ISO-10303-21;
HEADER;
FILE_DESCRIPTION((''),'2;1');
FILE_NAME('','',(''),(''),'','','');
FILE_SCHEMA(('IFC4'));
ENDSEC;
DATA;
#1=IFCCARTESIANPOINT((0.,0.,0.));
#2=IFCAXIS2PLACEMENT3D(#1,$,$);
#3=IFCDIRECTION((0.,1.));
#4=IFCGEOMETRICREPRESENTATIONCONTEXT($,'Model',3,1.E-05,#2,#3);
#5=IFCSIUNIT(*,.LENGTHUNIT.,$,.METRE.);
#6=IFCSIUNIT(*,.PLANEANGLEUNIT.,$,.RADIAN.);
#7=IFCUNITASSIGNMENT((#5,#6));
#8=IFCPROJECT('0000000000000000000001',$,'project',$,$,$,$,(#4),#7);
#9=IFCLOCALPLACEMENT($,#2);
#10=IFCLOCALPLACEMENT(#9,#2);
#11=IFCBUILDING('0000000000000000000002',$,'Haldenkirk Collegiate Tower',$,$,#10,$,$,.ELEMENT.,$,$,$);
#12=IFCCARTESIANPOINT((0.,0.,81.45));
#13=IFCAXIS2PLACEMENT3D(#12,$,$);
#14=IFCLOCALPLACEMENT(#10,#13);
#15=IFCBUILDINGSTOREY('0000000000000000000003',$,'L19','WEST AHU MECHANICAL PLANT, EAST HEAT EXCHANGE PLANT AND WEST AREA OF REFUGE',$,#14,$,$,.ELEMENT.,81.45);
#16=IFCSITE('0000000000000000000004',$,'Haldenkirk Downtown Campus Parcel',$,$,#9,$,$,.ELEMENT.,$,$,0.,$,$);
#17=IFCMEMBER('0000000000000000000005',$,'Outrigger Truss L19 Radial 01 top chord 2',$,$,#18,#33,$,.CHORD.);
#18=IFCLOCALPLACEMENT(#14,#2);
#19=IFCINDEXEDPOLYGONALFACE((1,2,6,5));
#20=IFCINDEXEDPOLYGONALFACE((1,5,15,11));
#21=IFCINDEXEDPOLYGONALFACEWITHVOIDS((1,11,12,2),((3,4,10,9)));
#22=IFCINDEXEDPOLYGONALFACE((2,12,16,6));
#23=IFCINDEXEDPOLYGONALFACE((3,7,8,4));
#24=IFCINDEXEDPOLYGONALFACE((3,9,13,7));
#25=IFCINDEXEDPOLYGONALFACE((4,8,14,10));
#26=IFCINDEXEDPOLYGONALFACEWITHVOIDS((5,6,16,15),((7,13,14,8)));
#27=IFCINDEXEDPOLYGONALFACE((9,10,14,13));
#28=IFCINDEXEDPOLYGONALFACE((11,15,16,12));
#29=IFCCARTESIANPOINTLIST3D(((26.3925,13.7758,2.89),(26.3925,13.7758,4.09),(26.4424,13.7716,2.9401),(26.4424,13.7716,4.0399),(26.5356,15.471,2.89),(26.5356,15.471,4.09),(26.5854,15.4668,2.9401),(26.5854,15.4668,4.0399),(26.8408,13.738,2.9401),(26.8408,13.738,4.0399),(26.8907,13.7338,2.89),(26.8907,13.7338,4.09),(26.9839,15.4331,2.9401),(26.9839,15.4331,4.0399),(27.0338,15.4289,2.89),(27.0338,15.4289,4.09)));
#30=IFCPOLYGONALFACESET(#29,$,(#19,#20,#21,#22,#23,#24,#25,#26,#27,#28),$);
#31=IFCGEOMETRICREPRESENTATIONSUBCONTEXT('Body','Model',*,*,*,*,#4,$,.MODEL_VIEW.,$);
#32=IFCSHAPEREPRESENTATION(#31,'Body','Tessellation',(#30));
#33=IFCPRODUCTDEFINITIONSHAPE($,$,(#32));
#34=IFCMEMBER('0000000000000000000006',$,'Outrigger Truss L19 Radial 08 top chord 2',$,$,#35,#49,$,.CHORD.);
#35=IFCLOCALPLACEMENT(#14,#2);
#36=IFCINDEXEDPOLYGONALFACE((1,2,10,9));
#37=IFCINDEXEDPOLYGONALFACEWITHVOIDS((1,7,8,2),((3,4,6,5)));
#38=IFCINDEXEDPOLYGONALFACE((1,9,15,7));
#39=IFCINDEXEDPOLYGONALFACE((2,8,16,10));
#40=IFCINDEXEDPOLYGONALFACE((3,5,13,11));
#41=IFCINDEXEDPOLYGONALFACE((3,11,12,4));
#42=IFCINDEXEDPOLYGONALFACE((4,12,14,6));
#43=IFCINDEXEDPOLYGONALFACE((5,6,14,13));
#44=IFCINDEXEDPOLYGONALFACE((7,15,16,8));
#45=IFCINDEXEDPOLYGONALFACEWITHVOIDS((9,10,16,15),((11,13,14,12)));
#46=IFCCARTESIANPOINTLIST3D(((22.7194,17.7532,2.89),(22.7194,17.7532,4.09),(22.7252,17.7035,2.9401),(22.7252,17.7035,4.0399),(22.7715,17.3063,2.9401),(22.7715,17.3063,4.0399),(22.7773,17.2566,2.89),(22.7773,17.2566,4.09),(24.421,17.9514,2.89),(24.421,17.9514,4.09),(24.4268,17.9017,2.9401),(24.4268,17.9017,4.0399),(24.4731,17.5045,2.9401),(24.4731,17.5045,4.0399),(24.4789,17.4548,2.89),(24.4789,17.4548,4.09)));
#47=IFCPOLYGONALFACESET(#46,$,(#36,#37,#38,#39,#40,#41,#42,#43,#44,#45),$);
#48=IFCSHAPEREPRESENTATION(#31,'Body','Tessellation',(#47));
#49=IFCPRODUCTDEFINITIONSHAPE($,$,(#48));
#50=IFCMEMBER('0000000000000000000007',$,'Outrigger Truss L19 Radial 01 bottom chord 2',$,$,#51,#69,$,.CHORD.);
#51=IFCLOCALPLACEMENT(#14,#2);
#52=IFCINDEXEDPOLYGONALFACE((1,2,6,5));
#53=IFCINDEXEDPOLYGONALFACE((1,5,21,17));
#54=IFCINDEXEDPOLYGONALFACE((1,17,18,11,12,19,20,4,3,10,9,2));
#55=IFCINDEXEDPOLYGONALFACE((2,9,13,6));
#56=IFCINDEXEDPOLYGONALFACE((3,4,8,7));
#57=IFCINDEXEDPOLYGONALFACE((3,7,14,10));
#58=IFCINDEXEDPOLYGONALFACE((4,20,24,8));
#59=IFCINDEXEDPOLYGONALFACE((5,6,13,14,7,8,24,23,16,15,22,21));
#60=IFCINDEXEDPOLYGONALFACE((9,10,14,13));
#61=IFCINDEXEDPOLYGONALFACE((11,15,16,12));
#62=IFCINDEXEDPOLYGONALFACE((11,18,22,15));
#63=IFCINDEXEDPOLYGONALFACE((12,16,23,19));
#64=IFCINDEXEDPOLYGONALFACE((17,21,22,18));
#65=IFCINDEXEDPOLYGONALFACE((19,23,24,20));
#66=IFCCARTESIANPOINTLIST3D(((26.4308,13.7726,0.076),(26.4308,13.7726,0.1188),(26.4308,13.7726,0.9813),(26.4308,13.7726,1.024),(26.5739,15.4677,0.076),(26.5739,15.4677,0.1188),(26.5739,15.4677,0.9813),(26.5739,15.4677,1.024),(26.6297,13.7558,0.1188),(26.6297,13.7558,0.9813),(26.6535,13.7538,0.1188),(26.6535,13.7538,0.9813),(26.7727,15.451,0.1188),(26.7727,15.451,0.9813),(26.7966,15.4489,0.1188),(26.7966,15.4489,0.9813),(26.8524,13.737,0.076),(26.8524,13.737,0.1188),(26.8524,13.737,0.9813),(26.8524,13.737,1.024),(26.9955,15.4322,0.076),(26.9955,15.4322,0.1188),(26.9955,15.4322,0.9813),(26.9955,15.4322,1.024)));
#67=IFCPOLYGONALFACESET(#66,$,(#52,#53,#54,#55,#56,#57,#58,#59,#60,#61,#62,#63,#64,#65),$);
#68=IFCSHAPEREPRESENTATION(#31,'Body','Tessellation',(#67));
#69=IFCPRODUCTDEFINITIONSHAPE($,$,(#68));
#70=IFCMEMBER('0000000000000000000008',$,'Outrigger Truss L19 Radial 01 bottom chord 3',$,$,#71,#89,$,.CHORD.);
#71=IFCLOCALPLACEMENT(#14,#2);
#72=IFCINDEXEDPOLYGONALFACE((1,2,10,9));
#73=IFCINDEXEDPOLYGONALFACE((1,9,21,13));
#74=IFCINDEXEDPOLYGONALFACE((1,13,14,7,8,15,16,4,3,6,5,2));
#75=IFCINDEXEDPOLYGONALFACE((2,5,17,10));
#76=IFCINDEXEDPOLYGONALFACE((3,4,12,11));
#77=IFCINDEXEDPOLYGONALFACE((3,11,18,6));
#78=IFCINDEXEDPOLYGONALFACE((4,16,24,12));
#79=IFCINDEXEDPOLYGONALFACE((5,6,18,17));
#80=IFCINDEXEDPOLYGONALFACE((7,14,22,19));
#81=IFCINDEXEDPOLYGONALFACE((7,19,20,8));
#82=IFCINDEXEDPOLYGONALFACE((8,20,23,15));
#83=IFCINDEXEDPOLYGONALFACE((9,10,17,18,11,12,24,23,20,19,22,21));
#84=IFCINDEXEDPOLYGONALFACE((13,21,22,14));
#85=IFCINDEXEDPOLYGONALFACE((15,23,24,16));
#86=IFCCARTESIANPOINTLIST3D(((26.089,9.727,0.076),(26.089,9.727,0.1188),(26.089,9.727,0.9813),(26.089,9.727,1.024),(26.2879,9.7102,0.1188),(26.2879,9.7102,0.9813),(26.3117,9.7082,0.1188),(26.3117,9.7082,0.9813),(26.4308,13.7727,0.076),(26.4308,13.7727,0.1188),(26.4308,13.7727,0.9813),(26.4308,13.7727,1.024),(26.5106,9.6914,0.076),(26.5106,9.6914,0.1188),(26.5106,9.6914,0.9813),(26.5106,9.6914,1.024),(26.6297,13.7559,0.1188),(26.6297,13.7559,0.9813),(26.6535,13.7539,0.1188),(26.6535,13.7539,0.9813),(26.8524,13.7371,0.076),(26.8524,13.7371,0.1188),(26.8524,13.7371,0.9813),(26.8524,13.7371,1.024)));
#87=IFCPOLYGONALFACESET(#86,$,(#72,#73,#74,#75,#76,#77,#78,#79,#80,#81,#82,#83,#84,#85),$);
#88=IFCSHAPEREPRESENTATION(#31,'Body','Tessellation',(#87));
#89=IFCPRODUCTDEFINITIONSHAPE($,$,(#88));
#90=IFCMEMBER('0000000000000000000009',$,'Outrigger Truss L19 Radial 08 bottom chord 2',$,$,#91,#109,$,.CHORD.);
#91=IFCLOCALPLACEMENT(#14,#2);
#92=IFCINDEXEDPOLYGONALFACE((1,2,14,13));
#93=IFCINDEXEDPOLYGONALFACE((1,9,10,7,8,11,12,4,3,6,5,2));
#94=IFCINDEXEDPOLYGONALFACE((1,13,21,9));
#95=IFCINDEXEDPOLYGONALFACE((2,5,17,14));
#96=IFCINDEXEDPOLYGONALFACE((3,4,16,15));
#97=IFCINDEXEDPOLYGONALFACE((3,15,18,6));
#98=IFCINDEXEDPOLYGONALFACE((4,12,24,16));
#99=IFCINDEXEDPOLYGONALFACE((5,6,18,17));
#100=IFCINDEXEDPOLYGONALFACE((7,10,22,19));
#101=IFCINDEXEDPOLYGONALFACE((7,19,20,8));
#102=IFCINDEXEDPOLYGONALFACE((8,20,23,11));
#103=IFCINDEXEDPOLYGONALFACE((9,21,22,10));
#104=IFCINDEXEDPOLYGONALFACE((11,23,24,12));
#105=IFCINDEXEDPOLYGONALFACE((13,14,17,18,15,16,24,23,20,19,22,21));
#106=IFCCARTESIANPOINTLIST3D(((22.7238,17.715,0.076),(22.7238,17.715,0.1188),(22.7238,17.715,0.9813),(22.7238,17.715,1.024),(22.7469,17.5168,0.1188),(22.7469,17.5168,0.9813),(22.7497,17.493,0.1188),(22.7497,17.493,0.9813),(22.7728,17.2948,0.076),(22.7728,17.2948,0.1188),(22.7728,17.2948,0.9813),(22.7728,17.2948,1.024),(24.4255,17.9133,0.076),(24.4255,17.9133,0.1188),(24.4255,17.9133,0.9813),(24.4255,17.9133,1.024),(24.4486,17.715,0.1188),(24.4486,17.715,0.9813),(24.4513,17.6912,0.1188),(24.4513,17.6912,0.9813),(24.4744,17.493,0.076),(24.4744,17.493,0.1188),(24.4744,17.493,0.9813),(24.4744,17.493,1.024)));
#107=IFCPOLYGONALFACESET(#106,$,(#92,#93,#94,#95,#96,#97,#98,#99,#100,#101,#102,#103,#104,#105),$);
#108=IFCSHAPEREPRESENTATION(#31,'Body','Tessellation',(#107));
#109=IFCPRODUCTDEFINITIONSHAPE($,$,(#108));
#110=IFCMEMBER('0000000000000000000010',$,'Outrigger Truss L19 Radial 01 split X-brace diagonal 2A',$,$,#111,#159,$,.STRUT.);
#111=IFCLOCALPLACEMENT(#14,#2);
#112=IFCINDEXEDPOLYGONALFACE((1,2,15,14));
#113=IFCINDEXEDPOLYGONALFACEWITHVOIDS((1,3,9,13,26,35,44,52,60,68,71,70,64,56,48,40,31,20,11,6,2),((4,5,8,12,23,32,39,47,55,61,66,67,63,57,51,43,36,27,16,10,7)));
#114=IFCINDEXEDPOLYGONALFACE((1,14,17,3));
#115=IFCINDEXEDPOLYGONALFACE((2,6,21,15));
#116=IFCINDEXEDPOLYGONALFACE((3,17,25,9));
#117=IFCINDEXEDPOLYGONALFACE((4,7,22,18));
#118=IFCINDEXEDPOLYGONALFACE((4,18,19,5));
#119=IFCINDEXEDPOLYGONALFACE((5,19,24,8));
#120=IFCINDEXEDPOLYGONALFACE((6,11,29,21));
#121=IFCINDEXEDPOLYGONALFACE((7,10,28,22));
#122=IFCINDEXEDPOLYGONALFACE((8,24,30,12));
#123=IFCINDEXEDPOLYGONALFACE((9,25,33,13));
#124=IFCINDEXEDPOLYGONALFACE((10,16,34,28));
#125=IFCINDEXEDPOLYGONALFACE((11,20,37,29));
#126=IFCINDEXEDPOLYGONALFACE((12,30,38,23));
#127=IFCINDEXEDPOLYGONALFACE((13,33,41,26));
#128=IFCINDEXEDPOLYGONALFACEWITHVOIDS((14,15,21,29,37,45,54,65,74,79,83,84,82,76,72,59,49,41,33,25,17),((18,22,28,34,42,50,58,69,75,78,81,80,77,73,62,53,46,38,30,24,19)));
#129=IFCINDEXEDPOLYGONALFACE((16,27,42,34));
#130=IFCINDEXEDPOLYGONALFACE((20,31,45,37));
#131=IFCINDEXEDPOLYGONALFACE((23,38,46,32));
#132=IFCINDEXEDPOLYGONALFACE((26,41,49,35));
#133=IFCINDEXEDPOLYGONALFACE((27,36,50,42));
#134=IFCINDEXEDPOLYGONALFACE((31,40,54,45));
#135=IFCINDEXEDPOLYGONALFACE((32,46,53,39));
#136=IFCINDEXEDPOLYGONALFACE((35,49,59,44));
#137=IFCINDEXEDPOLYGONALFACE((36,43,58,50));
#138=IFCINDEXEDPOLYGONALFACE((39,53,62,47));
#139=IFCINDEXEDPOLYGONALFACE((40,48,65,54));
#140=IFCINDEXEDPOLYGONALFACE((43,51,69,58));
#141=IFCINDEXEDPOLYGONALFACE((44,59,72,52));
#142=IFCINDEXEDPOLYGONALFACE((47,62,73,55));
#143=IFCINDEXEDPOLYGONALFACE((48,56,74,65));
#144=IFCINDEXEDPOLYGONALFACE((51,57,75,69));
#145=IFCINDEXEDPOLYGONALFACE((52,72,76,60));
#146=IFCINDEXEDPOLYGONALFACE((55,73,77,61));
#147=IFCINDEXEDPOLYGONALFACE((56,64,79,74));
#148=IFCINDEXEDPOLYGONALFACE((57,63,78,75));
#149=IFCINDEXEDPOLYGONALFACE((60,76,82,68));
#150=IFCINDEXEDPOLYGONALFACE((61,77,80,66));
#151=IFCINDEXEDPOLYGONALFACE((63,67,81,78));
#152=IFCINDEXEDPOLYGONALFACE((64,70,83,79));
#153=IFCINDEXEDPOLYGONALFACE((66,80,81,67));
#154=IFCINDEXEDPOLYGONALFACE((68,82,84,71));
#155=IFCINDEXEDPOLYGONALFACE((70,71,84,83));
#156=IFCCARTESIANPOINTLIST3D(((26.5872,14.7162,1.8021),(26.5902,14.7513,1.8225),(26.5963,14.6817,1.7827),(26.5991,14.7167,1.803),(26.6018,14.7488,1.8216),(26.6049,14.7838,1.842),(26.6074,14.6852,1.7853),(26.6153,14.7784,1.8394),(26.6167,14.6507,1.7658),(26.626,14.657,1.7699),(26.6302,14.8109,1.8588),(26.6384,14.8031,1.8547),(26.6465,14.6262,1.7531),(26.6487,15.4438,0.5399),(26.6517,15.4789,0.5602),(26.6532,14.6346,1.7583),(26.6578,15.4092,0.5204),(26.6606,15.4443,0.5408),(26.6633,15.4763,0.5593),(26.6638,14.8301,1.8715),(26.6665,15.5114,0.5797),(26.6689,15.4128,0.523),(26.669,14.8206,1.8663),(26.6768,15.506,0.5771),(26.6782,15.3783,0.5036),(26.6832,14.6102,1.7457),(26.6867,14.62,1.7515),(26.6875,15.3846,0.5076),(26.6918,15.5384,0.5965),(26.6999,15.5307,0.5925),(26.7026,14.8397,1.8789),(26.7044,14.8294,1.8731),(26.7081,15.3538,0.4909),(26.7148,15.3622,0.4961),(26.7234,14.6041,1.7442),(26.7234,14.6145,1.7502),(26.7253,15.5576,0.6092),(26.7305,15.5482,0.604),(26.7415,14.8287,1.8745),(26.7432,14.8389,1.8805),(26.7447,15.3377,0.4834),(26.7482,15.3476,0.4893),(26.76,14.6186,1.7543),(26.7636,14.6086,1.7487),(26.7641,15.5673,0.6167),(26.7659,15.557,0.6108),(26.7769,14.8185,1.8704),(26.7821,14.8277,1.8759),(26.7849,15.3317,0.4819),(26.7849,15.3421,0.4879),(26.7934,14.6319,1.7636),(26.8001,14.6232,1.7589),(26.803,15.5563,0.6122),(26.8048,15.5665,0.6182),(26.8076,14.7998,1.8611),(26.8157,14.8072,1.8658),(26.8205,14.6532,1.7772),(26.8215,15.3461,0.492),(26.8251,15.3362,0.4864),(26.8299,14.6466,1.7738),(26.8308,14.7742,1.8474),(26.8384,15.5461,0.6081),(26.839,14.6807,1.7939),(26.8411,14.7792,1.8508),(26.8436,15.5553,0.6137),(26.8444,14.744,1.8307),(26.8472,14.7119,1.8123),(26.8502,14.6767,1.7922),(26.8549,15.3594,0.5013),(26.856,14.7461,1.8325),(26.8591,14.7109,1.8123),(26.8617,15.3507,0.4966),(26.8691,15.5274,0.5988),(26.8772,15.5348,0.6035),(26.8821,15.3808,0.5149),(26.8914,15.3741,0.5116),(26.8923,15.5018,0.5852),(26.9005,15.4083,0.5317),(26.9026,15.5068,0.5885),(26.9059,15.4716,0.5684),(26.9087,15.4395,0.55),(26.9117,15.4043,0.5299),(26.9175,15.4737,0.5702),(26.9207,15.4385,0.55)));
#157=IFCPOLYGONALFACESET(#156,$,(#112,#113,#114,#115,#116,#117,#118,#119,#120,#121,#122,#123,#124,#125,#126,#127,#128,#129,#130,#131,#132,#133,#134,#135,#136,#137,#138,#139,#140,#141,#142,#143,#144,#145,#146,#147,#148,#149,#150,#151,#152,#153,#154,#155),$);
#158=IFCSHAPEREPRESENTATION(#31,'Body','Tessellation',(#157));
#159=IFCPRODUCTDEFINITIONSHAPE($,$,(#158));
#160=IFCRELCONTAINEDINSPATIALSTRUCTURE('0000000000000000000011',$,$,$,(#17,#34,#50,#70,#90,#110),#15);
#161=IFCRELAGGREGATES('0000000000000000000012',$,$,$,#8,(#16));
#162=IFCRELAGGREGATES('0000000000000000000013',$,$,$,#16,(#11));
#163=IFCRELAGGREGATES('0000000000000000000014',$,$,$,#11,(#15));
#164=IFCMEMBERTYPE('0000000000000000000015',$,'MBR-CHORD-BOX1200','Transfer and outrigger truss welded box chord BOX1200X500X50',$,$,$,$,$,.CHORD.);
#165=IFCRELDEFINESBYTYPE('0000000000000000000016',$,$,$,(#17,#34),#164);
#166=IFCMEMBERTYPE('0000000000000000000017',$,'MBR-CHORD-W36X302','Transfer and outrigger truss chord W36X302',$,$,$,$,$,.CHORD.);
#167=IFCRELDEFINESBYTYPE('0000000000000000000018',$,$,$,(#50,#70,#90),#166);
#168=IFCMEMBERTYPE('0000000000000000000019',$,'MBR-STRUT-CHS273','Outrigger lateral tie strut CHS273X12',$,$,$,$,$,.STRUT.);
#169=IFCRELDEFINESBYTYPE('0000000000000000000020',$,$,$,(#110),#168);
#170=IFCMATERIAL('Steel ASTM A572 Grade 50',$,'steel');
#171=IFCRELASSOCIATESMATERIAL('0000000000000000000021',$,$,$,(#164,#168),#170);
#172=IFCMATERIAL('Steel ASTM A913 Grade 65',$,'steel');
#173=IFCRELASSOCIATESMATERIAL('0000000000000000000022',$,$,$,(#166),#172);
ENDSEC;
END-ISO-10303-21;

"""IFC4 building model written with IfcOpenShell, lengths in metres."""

from ifc_helpers import new_model, si_unit, direction, frame, origin, origin_2d, place, context, subcontext, project, spatial, hollow_rectangle, hollow_circle, i_section, extrude, material, material_profile, profile_set, type_object, element, save


model = new_model("IFC4")

# Units and contexts
model_context = context("Model", 3, precision=1e-05, world=origin(), true_north=direction((0.0, 1.0)))
body_context = subcontext(model_context, "Body", "Model", "MODEL_VIEW")
ifc_project = project(units=[si_unit("LENGTHUNIT", "METRE"), si_unit("PLANEANGLEUNIT", "RADIAN")], contexts=[model_context])

# Site, building, storey
site_placement = place(None, origin())
site = spatial("IfcSite", under=ifc_project, at=site_placement, Name="Haldenkirk Downtown Campus Parcel", CompositionType="ELEMENT", RefElevation=0.0)
building_placement = place(site_placement, origin())
building = spatial("IfcBuilding", under=site, at=building_placement, Name="Haldenkirk Collegiate Tower", CompositionType="ELEMENT")
storey_placement = place(building_placement, frame((0.0, 0.0, 81.45)))
storey = spatial("IfcBuildingStorey", under=building, at=storey_placement, Name="L19", Description="WEST AHU MECHANICAL PLANT, EAST HEAT EXCHANGE PLANT AND WEST AREA OF REFUGE", CompositionType="ELEMENT", Elevation=81.45)

# Members
ifc_material_1 = material(Name="Steel ASTM A572 Grade 50", Category="steel")
ifc_material_profile_1 = material_profile(ifc_material_1, hollow_rectangle(XDim=0.5, YDim=1.2, WallThickness=0.05, at=origin_2d()), Name="BOX1200X500X50")
ifc_profile_set_1 = profile_set([ifc_material_profile_1], Name="Steel ASTM A572 Grade 50")
member_type_1 = type_object("IfcMemberType", Name="MBR-CHORD-BOX1200", Description="Transfer and outrigger truss welded box chord BOX1200X500X50", PredefinedType="CHORD", material=ifc_profile_set_1)
member_1_placement = place(storey_placement, frame((26.7847, 15.45, 3.49), z_axis=(-0.084103, -0.996457, 0.0), x_axis=(0.996457, -0.084103, 0.0)))
element("IfcMember", 1, at=member_1_placement, inside=storey, type_object=member_type_1, Name="Outrigger Truss L19 Radial 01 top chord 2", PredefinedType="CHORD", context=body_context, shape_type="SweptSolid", body=[
    extrude(hollow_rectangle(XDim=0.5, YDim=1.2, WallThickness=0.05, at=origin_2d()), origin(), (0.0, 0.0, 1.0), 1.7012),
])
member_2_placement = place(storey_placement, frame((24.45, 17.7031, 3.49), z_axis=(-0.993282, -0.115717, 0.0), x_axis=(0.115717, -0.993282, 0.0)))
element("IfcMember", 2, at=member_2_placement, inside=storey, type_object=member_type_1, Name="Outrigger Truss L19 Radial 08 top chord 2", PredefinedType="CHORD", context=body_context, shape_type="SweptSolid", body=[
    extrude(hollow_rectangle(XDim=0.5, YDim=1.2, WallThickness=0.05, at=origin_2d()), origin(), (0.0, 0.0, 1.0), 1.7131),
])
ifc_material_2 = material(Name="Steel ASTM A913 Grade 65", Category="steel")
ifc_material_profile_2 = material_profile(ifc_material_2, i_section(OverallWidth=0.4231, OverallDepth=0.948, WebThickness=0.0239, FlangeThickness=0.0427, at=origin_2d()), Name="W36X302")
ifc_profile_set_2 = profile_set([ifc_material_profile_2], Name="Steel ASTM A913 Grade 65")
member_type_2 = type_object("IfcMemberType", Name="MBR-CHORD-W36X302", Description="Transfer and outrigger truss chord W36X302", PredefinedType="CHORD", material=ifc_profile_set_2)
member_3_placement = place(storey_placement, frame((26.7847, 15.45, 0.55), z_axis=(-0.084103, -0.996457, 0.0), x_axis=(0.996457, -0.084103, 0.0)))
element("IfcMember", 3, at=member_3_placement, inside=storey, type_object=member_type_2, Name="Outrigger Truss L19 Radial 01 bottom chord 2", PredefinedType="CHORD", context=body_context, shape_type="SweptSolid", body=[
    extrude(i_section(OverallWidth=0.4231, OverallDepth=0.948, WebThickness=0.0239, FlangeThickness=0.0427, at=origin_2d()), origin(), (0.0, 0.0, 1.0), 1.7012),
])
member_4_placement = place(storey_placement, frame((26.6416, 13.7549, 0.55), z_axis=(-0.084185, -0.99645, 0.0), x_axis=(0.99645, -0.084185, 0.0)))
element("IfcMember", 4, at=member_4_placement, inside=storey, type_object=member_type_2, Name="Outrigger Truss L19 Radial 01 bottom chord 3", PredefinedType="CHORD", context=body_context, shape_type="SweptSolid", body=[
    extrude(i_section(OverallWidth=0.4231, OverallDepth=0.948, WebThickness=0.0239, FlangeThickness=0.0427, at=origin_2d()), origin(), (0.0, 0.0, 1.0), 4.0601),
])
member_5_placement = place(storey_placement, frame((24.45, 17.7031, 0.55), z_axis=(-0.993282, -0.115717, 0.0), x_axis=(0.115717, -0.993282, 0.0)))
element("IfcMember", 5, at=member_5_placement, inside=storey, type_object=member_type_2, Name="Outrigger Truss L19 Radial 08 bottom chord 2", PredefinedType="CHORD", context=body_context, shape_type="SweptSolid", body=[
    extrude(i_section(OverallWidth=0.4231, OverallDepth=0.948, WebThickness=0.0239, FlangeThickness=0.0427, at=origin_2d()), origin(), (0.0, 0.0, 1.0), 1.7131),
])
ifc_material_profile_3 = material_profile(ifc_material_1, hollow_circle(Radius=0.1365, WallThickness=0.012, at=origin_2d()), Name="CHS273X12")
ifc_profile_set_3 = profile_set([ifc_material_profile_3], Name="Steel ASTM A572 Grade 50")
member_type_3 = type_object("IfcMemberType", Name="MBR-STRUT-CHS273", Description="Outrigger lateral tie strut CHS273X12", PredefinedType="STRUT", material=ifc_profile_set_3)
for number, where, z_axis, x_axis, name in (
    (6, (26.7847, 15.45, 0.55), (-0.042192, -0.498939, 0.865609), (0.996444, -0.084263, 0.0), "Outrigger Truss L19 Radial 01 split X-brace diagonal 2A"),
):
    element("IfcMember", number, at=place(storey_placement, frame(where, z_axis=z_axis, x_axis=x_axis)), inside=storey, type_object=member_type_3, Name=name, PredefinedType="STRUT", context=body_context, shape_type="SweptSolid", body=[
        extrude(hollow_circle(Radius=0.1365, WallThickness=0.012, at=origin_2d()), origin(), (0.0, 0.0, 1.0), 1.4583),
    ])

save(model, "model.ifc")
